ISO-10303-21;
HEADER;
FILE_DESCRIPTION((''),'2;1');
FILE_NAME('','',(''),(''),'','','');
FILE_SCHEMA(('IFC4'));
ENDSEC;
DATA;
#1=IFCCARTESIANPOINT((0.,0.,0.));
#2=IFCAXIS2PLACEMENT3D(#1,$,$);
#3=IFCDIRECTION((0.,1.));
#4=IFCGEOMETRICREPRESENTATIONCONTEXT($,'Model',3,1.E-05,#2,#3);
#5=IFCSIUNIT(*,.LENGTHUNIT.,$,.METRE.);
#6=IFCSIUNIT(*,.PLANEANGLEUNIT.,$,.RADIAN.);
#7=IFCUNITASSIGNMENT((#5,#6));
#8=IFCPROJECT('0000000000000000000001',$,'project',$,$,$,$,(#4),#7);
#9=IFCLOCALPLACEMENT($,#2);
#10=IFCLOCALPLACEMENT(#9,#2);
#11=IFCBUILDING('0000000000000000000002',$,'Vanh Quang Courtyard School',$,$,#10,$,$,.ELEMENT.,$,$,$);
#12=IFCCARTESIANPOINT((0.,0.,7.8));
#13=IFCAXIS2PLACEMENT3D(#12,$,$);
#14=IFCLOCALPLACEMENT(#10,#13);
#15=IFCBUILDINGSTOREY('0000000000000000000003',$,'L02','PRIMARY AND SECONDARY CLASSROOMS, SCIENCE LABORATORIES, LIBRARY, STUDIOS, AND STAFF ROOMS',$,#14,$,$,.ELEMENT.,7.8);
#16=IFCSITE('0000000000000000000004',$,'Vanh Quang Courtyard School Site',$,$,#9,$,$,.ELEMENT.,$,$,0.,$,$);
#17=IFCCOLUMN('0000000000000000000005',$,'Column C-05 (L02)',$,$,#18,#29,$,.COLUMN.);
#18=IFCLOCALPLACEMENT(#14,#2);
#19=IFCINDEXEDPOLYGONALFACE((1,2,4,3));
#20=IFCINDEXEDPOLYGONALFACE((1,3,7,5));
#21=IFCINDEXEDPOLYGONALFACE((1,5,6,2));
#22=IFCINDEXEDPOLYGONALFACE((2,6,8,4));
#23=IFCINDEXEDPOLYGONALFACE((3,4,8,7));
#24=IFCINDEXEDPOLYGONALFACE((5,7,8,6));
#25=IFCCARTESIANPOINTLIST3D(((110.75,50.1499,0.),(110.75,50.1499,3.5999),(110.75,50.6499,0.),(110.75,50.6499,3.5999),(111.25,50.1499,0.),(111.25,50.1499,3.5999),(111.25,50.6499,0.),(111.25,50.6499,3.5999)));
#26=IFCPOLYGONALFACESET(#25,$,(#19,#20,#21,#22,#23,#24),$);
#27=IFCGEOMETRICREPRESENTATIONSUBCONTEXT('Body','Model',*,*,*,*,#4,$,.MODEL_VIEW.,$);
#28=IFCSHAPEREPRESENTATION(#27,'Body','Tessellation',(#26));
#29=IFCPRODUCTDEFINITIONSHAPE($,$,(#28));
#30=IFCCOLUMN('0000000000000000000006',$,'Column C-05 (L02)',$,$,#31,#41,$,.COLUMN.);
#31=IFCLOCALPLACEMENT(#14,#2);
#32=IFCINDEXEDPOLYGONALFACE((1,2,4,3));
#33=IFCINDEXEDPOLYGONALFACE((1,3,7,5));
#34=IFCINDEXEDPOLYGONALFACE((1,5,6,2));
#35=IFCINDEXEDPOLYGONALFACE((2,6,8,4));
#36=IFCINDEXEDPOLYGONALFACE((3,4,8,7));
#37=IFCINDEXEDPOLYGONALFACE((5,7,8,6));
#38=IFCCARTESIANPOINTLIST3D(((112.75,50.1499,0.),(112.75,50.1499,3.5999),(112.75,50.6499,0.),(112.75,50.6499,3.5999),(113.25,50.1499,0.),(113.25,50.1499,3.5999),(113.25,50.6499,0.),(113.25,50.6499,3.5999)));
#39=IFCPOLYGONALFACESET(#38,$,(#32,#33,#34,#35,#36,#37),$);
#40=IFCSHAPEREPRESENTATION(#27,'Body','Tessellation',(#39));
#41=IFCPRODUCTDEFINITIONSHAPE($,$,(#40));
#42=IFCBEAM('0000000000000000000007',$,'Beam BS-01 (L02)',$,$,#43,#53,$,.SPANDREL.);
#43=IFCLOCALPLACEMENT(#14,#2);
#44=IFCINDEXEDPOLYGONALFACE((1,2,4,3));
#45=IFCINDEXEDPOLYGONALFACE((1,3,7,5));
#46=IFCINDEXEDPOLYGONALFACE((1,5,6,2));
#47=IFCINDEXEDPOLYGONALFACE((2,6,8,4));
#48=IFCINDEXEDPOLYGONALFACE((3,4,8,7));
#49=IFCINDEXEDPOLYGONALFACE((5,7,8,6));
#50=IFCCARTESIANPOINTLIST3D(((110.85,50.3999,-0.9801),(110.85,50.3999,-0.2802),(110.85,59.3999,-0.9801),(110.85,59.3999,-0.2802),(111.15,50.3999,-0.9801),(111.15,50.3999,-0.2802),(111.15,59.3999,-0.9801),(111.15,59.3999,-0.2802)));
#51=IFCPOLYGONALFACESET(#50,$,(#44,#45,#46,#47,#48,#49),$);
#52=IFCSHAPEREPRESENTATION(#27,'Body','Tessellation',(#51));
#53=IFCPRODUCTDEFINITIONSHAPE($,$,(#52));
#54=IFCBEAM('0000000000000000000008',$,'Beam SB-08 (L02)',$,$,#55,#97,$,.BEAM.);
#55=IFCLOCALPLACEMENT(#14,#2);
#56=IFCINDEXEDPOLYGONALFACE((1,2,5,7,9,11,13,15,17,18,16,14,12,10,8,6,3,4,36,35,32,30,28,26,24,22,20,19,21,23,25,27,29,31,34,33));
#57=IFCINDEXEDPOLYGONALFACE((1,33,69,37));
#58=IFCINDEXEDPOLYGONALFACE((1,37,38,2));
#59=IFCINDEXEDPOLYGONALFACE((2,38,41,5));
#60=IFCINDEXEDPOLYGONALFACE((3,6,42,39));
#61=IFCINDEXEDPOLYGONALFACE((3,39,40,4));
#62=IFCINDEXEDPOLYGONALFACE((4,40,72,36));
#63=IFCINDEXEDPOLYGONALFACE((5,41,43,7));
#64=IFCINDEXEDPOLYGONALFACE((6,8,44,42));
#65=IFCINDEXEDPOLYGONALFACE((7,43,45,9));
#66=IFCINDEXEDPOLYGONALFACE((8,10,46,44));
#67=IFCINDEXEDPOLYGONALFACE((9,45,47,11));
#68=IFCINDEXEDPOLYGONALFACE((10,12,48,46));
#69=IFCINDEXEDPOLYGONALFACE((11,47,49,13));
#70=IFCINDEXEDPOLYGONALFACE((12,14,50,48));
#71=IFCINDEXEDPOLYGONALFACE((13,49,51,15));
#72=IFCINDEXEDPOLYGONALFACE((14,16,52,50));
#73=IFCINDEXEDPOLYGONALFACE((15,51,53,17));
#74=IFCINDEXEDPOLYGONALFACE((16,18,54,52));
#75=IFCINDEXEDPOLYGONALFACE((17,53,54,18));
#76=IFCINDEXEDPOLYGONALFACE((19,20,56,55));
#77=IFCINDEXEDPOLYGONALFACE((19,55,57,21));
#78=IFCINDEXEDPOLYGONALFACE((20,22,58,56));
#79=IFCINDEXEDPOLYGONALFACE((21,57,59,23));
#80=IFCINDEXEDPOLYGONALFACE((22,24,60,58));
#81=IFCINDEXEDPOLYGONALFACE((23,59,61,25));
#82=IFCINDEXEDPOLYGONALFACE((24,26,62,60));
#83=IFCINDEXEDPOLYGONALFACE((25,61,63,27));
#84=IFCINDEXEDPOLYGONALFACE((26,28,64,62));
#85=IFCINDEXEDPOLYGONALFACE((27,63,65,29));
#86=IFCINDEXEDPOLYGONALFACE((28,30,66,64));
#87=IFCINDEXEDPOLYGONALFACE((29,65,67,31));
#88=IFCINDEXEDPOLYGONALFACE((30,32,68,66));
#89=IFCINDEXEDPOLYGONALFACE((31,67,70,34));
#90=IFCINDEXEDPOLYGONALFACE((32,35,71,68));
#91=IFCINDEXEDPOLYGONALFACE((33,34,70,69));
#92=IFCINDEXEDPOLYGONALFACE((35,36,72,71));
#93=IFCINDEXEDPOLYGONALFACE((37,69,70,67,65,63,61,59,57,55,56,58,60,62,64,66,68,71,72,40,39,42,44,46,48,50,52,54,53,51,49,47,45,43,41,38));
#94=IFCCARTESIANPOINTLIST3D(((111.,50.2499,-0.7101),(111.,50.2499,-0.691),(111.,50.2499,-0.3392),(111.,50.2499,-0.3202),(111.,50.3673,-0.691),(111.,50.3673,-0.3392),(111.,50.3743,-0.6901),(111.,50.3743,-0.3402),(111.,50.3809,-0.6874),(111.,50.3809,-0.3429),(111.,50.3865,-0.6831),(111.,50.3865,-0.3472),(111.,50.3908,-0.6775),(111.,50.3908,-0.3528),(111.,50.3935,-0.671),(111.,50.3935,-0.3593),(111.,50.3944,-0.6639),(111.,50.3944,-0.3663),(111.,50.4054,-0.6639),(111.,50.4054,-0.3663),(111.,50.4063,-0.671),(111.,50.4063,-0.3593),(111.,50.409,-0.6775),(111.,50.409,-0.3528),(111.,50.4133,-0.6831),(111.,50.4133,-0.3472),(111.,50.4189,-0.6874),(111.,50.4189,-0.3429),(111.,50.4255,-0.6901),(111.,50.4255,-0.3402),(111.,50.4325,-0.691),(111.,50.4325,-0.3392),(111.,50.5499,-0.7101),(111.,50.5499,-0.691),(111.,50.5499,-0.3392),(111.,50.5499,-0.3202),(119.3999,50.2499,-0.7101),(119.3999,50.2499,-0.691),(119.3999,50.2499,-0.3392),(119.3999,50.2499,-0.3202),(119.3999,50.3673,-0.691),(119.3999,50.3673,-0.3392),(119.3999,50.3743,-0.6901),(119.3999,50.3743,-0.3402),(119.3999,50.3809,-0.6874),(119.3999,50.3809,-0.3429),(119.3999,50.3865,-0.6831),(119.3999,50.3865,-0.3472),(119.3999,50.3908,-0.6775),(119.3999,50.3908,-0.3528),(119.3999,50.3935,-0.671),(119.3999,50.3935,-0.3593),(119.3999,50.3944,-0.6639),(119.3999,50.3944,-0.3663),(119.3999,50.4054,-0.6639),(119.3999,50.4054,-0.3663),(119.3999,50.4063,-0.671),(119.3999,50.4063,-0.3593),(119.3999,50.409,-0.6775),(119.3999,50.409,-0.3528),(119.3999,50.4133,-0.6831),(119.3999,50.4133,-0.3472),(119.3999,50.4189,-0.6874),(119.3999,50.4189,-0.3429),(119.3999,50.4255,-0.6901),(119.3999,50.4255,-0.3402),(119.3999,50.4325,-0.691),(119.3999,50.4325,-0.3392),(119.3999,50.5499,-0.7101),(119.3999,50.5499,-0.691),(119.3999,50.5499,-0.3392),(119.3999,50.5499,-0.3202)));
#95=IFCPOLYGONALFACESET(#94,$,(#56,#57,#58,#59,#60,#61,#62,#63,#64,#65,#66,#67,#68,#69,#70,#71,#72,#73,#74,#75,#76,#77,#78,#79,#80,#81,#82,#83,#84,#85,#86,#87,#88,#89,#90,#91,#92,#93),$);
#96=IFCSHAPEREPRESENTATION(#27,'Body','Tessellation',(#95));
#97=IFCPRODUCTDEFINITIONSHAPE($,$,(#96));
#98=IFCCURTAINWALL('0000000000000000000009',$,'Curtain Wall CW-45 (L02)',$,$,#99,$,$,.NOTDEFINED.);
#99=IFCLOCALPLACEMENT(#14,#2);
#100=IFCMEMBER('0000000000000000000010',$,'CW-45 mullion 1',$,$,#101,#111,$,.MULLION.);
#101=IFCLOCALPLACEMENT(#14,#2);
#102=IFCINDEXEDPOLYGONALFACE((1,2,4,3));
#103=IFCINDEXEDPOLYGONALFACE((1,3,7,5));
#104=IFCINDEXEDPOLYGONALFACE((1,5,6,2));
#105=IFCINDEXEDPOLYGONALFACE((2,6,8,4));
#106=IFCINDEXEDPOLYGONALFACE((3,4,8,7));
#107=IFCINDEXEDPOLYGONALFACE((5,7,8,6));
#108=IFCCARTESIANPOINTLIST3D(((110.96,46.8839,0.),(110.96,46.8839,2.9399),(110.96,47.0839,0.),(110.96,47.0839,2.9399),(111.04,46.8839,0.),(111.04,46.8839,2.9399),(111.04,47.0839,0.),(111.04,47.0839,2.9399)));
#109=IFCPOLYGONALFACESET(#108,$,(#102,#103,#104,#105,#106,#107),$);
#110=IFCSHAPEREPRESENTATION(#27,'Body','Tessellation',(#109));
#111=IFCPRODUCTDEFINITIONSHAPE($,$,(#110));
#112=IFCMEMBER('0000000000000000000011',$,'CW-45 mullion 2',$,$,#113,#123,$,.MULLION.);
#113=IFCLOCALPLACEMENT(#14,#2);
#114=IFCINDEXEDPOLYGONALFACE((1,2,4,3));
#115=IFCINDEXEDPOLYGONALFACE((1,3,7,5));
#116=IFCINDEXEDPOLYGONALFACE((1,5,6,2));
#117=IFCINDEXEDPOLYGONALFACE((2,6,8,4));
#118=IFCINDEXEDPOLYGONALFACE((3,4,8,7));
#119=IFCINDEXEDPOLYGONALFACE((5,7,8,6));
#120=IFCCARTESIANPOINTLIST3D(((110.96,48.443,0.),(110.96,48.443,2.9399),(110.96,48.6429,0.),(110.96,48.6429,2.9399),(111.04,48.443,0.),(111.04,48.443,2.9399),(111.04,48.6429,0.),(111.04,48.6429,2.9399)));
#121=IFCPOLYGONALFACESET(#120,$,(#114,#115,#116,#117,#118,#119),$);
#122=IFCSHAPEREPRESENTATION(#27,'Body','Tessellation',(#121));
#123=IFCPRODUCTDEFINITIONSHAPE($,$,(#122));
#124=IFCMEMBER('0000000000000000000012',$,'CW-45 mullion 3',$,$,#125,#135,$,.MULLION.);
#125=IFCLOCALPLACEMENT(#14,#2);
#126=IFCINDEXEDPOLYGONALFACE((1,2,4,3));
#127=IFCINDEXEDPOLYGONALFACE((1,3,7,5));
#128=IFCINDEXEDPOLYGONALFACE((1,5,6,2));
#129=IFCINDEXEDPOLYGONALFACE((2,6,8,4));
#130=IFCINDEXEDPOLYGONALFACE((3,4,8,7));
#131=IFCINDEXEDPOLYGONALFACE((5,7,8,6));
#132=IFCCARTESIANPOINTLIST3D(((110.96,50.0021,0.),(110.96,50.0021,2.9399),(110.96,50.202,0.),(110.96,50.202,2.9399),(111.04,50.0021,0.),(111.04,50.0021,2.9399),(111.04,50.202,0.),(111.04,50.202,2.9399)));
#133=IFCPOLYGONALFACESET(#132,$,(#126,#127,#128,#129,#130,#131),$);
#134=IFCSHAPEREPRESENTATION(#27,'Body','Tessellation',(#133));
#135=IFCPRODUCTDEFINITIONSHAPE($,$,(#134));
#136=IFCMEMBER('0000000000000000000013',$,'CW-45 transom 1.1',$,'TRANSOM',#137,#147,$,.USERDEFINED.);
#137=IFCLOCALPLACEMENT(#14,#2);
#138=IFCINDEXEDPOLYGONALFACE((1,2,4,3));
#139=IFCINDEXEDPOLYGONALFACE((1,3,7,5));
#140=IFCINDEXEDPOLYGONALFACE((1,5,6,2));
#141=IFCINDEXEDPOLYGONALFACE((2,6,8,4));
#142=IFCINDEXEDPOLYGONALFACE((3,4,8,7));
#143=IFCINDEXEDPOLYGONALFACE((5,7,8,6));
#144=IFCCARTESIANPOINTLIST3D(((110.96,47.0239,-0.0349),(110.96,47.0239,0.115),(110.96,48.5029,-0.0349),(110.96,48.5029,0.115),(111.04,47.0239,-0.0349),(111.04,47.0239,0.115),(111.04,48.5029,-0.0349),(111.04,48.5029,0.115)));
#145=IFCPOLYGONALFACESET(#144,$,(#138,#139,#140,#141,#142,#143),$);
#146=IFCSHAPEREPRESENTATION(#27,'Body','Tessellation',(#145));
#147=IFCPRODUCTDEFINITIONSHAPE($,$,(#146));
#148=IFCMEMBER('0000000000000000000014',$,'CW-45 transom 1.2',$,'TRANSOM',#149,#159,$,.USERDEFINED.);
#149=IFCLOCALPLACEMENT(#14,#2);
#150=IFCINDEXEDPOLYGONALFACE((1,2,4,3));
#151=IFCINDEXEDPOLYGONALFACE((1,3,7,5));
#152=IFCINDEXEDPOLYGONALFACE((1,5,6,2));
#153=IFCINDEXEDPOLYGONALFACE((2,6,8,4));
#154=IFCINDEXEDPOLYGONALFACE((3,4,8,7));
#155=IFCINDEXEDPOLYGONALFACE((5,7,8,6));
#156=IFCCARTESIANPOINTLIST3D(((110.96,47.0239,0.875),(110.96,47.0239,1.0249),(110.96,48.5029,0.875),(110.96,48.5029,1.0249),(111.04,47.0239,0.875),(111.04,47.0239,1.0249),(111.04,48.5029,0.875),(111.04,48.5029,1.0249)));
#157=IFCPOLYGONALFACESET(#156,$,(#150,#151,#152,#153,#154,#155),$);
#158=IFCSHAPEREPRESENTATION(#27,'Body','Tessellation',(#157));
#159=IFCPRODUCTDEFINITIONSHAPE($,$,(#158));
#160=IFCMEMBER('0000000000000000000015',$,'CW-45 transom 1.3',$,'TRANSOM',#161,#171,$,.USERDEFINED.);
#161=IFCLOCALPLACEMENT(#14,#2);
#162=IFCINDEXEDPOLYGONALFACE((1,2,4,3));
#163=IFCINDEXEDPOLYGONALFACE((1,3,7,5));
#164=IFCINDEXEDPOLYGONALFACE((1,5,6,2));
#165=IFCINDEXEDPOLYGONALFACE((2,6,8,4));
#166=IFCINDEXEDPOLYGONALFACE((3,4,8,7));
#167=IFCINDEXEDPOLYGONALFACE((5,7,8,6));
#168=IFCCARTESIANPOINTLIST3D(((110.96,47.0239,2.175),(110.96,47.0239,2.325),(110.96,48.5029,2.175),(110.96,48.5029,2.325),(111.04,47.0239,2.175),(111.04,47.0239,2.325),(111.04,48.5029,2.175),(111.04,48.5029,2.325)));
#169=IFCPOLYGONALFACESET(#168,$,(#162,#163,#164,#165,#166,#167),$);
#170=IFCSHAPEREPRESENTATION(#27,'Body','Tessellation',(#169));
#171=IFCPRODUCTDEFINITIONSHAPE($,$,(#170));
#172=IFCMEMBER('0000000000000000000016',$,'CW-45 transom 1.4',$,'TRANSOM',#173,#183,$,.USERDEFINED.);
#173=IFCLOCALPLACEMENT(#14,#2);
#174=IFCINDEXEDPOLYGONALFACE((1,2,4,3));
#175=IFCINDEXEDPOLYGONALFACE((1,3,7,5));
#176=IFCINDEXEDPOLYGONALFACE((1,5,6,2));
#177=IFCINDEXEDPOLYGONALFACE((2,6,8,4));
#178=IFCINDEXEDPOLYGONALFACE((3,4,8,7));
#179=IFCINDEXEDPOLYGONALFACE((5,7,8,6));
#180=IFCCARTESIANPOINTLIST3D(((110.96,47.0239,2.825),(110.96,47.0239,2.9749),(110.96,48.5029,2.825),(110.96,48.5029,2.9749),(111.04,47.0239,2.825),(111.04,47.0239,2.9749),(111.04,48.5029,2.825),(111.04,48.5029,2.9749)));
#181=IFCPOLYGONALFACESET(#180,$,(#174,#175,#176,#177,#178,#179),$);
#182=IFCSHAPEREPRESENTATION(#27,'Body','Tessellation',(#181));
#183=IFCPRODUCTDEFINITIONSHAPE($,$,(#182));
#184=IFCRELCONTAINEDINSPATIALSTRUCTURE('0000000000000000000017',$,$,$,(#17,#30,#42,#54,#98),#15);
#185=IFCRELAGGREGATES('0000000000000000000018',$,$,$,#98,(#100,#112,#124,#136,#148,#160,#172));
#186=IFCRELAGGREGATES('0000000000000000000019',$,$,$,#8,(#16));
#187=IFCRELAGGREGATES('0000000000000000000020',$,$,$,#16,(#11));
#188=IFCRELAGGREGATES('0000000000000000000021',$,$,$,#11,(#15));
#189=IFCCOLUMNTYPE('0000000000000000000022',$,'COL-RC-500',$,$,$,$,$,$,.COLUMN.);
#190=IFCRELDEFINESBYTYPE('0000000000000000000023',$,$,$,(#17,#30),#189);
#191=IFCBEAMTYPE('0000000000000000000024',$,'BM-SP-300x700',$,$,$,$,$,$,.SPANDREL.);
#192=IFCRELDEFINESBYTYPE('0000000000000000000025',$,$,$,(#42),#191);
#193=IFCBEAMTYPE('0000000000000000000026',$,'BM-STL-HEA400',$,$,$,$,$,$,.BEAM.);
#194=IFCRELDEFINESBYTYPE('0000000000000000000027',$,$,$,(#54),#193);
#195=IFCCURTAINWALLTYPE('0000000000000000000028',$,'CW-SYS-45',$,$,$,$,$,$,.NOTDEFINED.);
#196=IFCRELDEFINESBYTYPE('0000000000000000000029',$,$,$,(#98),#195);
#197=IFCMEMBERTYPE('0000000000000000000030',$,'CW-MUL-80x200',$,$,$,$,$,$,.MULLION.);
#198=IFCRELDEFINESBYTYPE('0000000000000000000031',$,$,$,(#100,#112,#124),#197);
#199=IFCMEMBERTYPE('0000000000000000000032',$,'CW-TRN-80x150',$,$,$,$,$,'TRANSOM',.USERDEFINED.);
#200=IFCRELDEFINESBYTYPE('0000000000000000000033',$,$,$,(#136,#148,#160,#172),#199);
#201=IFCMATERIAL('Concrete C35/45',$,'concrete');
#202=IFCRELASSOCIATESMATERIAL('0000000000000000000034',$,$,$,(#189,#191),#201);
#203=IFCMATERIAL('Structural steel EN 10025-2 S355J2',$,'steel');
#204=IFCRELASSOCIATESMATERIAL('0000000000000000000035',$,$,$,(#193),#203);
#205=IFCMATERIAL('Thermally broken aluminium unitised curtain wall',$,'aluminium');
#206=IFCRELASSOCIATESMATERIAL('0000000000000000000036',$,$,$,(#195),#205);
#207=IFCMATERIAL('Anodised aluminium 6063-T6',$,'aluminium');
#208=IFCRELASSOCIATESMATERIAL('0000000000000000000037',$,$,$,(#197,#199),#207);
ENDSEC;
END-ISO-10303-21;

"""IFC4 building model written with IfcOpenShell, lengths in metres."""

from ifc_helpers import new_model, si_unit, direction, frame, origin, origin_2d, place, context, subcontext, project, spatial, rectangle, i_section, extrude, material, material_profile, profile_set, type_object, element, aggregate, save


model = new_model("IFC4")

# Units and contexts
model_context = context("Model", 3, precision=1e-05, world=origin(), true_north=direction((0.0, 1.0)))
body_context = subcontext(model_context, "Body", "Model", "MODEL_VIEW")
ifc_project = project(units=[si_unit("LENGTHUNIT", "METRE"), si_unit("PLANEANGLEUNIT", "RADIAN")], contexts=[model_context])

# Site, building, storey
site_placement = place(None, origin())
site = spatial("IfcSite", under=ifc_project, at=site_placement, Name="Vanh Quang Courtyard School Site", CompositionType="ELEMENT", RefElevation=0.0)
building_placement = place(site_placement, origin())
building = spatial("IfcBuilding", under=site, at=building_placement, Name="Vanh Quang Courtyard School", CompositionType="ELEMENT")
storey_placement = place(building_placement, frame((0.0, 0.0, 7.8)))
storey = spatial("IfcBuildingStorey", under=building, at=storey_placement, Name="L02", Description="PRIMARY AND SECONDARY CLASSROOMS, SCIENCE LABORATORIES, LIBRARY, STUDIOS, AND STAFF ROOMS", CompositionType="ELEMENT", Elevation=7.8)

# Columns
ifc_material_1 = material(Name="Concrete C35/45", Category="concrete")
ifc_material_profile_1 = material_profile(ifc_material_1, rectangle(XDim=0.5, YDim=0.5, at=origin_2d()), Name="RC-COL 500x500")
ifc_profile_set_1 = profile_set([ifc_material_profile_1], Name="Concrete C35/45")
column_type = type_object("IfcColumnType", Name="COL-RC-500", PredefinedType="COLUMN", material=ifc_profile_set_1)
for number, where, z_axis, x_axis, name in (
    (1, (111.0, 50.3999, 0.0), (0.0, 0.0, 1.0), (1.0, 0.0, 0.0), "Column C-05 (L02)"),
    (2, (113.0, 50.3999, 0.0), (0.0, 0.0, 1.0), (1.0, 0.0, 0.0), "Column C-05 (L02)"),
):
    element("IfcColumn", number, at=place(storey_placement, frame(where, z_axis=z_axis, x_axis=x_axis)), inside=storey, type_object=column_type, Name=name, PredefinedType="COLUMN", context=body_context, shape_type="SweptSolid", body=[
        extrude(rectangle(XDim=0.5, YDim=0.5, at=origin_2d()), origin(), (0.0, 0.0, 1.0), 3.5999),
    ])

# Beams
ifc_material_profile_2 = material_profile(ifc_material_1, rectangle(XDim=0.3, YDim=0.7, at=origin_2d()), Name="RC-SP 300x700")
ifc_profile_set_2 = profile_set([ifc_material_profile_2], Name="Concrete C35/45")
beam_type_1 = type_object("IfcBeamType", Name="BM-SP-300x700", PredefinedType="SPANDREL", material=ifc_profile_set_2)
beam_1_placement = place(storey_placement, frame((111.0, 50.3999, -0.6301), z_axis=(0.0, 1.0, 0.0), x_axis=(-1.0, 0.0, 0.0)))
element("IfcBeam", 3, at=beam_1_placement, inside=storey, type_object=beam_type_1, Name="Beam BS-01 (L02)", PredefinedType="SPANDREL", context=body_context, shape_type="SweptSolid", body=[
    extrude(rectangle(XDim=0.3, YDim=0.7, at=origin_2d()), origin(), (0.0, 0.0, 1.0), 9.0),
])
ifc_material_2 = material(Name="Structural steel EN 10025-2 S355J2", Category="steel")
ifc_material_profile_3 = material_profile(ifc_material_2, i_section(OverallWidth=0.3, OverallDepth=0.3899, WebThickness=0.011, FlangeThickness=0.019, FilletRadius=0.0271, at=origin_2d()), Name="HEA 400")
ifc_profile_set_3 = profile_set([ifc_material_profile_3], Name="Structural steel EN 10025-2 S355J2")
beam_type_2 = type_object("IfcBeamType", Name="BM-STL-HEA400", PredefinedType="BEAM", material=ifc_profile_set_3)
beam_2_placement = place(storey_placement, frame((111.0, 50.3999, -0.5151), z_axis=(1.0, 0.0, 0.0), x_axis=(0.0, 1.0, 0.0)))
element("IfcBeam", 4, at=beam_2_placement, inside=storey, type_object=beam_type_2, Name="Beam SB-08 (L02)", PredefinedType="BEAM", context=body_context, shape_type="SweptSolid", body=[
    extrude(i_section(OverallWidth=0.3, OverallDepth=0.3899, WebThickness=0.011, FlangeThickness=0.019, FilletRadius=0.0271, at=origin_2d()), origin(), (0.0, 0.0, 1.0), 8.3999),
])

# Curtain wall, members
ifc_material_3 = material(Name="Thermally broken aluminium unitised curtain wall", Category="aluminium")
curtain_wall_type = type_object("IfcCurtainWallType", Name="CW-SYS-45", PredefinedType="NOTDEFINED", material=ifc_material_3)
curtain_wall_placement = place(storey_placement, origin())
curtain_wall = element("IfcCurtainWall", 5, at=curtain_wall_placement, inside=storey, type_object=curtain_wall_type, Name="Curtain Wall CW-45 (L02)", PredefinedType="NOTDEFINED")
ifc_material_4 = material(Name="Anodised aluminium 6063-T6", Category="aluminium")
ifc_material_profile_4 = material_profile(ifc_material_4, rectangle(XDim=0.0801, YDim=0.2, at=origin_2d()), Name="ALU-MUL 80x200")
ifc_profile_set_4 = profile_set([ifc_material_profile_4], Name="Anodised aluminium 6063-T6")
member_type_1 = type_object("IfcMemberType", Name="CW-MUL-80x200", PredefinedType="MULLION", material=ifc_profile_set_4)
member_1_placement = place(storey_placement, frame((111.0, 46.9839, 0.0), z_axis=(0.0, 0.0, 1.0), x_axis=(-1.0, 0.0, 0.0)))
member_1 = element("IfcMember", 6, at=member_1_placement, type_object=member_type_1, Name="CW-45 mullion 1", PredefinedType="MULLION", context=body_context, shape_type="SweptSolid", body=[
    extrude(rectangle(XDim=0.0801, YDim=0.2, at=origin_2d()), origin(), (0.0, 0.0, 1.0), 2.9399),
])
member_2_placement = place(storey_placement, frame((111.0, 48.543, 0.0), z_axis=(0.0, 0.0, 1.0), x_axis=(-1.0, 0.0, 0.0)))
member_2 = element("IfcMember", 7, at=member_2_placement, type_object=member_type_1, Name="CW-45 mullion 2", PredefinedType="MULLION", context=body_context, shape_type="SweptSolid", body=[
    extrude(rectangle(XDim=0.0801, YDim=0.2, at=origin_2d()), origin(), (0.0, 0.0, 1.0), 2.9399),
])
member_3_placement = place(storey_placement, frame((111.0, 50.1021, 0.0), z_axis=(0.0, 0.0, 1.0), x_axis=(-1.0, 0.0, 0.0)))
member_3 = element("IfcMember", 8, at=member_3_placement, type_object=member_type_1, Name="CW-45 mullion 3", PredefinedType="MULLION", context=body_context, shape_type="SweptSolid", body=[
    extrude(rectangle(XDim=0.0801, YDim=0.2, at=origin_2d()), origin(), (0.0, 0.0, 1.0), 2.9399),
])
ifc_material_profile_5 = material_profile(ifc_material_4, rectangle(XDim=0.0801, YDim=0.1499, at=origin_2d()), Name="ALU-TRN 80x150")
ifc_profile_set_5 = profile_set([ifc_material_profile_5], Name="Anodised aluminium 6063-T6")
member_type_2 = type_object("IfcMemberType", Name="CW-TRN-80x150", ElementType="TRANSOM", PredefinedType="USERDEFINED", material=ifc_profile_set_5)
member_4_placement = place(storey_placement, frame((111.0, 47.0239, 0.04), z_axis=(0.0, 1.0, 0.0), x_axis=(-1.0, 0.0, 0.0)))
member_4 = element("IfcMember", 9, at=member_4_placement, type_object=member_type_2, Name="CW-45 transom 1.1", ObjectType="TRANSOM", PredefinedType="USERDEFINED", context=body_context, shape_type="SweptSolid", body=[
    extrude(rectangle(XDim=0.0801, YDim=0.1499, at=origin_2d()), origin(), (0.0, 0.0, 1.0), 1.479),
])
member_5_placement = place(storey_placement, frame((111.0, 47.0239, 0.95), z_axis=(0.0, 1.0, 0.0), x_axis=(-1.0, 0.0, 0.0)))
member_5 = element("IfcMember", 10, at=member_5_placement, type_object=member_type_2, Name="CW-45 transom 1.2", ObjectType="TRANSOM", PredefinedType="USERDEFINED", context=body_context, shape_type="SweptSolid", body=[
    extrude(rectangle(XDim=0.0801, YDim=0.1499, at=origin_2d()), origin(), (0.0, 0.0, 1.0), 1.479),
])
member_6_placement = place(storey_placement, frame((111.0, 47.0239, 2.25), z_axis=(0.0, 1.0, 0.0), x_axis=(-1.0, 0.0, 0.0)))
member_6 = element("IfcMember", 11, at=member_6_placement, type_object=member_type_2, Name="CW-45 transom 1.3", ObjectType="TRANSOM", PredefinedType="USERDEFINED", context=body_context, shape_type="SweptSolid", body=[
    extrude(rectangle(XDim=0.0801, YDim=0.1499, at=origin_2d()), origin(), (0.0, 0.0, 1.0), 1.479),
])
member_7_placement = place(storey_placement, frame((111.0, 47.0239, 2.8999), z_axis=(0.0, 1.0, 0.0), x_axis=(-1.0, 0.0, 0.0)))
member_7 = element("IfcMember", 12, at=member_7_placement, type_object=member_type_2, Name="CW-45 transom 1.4", ObjectType="TRANSOM", PredefinedType="USERDEFINED", context=body_context, shape_type="SweptSolid", body=[
    extrude(rectangle(XDim=0.0801, YDim=0.1499, at=origin_2d()), origin(), (0.0, 0.0, 1.0), 1.479),
])

aggregate(curtain_wall, [member_1, member_2, member_3, member_4, member_5, member_6, member_7])

save(model, "model.ifc")
